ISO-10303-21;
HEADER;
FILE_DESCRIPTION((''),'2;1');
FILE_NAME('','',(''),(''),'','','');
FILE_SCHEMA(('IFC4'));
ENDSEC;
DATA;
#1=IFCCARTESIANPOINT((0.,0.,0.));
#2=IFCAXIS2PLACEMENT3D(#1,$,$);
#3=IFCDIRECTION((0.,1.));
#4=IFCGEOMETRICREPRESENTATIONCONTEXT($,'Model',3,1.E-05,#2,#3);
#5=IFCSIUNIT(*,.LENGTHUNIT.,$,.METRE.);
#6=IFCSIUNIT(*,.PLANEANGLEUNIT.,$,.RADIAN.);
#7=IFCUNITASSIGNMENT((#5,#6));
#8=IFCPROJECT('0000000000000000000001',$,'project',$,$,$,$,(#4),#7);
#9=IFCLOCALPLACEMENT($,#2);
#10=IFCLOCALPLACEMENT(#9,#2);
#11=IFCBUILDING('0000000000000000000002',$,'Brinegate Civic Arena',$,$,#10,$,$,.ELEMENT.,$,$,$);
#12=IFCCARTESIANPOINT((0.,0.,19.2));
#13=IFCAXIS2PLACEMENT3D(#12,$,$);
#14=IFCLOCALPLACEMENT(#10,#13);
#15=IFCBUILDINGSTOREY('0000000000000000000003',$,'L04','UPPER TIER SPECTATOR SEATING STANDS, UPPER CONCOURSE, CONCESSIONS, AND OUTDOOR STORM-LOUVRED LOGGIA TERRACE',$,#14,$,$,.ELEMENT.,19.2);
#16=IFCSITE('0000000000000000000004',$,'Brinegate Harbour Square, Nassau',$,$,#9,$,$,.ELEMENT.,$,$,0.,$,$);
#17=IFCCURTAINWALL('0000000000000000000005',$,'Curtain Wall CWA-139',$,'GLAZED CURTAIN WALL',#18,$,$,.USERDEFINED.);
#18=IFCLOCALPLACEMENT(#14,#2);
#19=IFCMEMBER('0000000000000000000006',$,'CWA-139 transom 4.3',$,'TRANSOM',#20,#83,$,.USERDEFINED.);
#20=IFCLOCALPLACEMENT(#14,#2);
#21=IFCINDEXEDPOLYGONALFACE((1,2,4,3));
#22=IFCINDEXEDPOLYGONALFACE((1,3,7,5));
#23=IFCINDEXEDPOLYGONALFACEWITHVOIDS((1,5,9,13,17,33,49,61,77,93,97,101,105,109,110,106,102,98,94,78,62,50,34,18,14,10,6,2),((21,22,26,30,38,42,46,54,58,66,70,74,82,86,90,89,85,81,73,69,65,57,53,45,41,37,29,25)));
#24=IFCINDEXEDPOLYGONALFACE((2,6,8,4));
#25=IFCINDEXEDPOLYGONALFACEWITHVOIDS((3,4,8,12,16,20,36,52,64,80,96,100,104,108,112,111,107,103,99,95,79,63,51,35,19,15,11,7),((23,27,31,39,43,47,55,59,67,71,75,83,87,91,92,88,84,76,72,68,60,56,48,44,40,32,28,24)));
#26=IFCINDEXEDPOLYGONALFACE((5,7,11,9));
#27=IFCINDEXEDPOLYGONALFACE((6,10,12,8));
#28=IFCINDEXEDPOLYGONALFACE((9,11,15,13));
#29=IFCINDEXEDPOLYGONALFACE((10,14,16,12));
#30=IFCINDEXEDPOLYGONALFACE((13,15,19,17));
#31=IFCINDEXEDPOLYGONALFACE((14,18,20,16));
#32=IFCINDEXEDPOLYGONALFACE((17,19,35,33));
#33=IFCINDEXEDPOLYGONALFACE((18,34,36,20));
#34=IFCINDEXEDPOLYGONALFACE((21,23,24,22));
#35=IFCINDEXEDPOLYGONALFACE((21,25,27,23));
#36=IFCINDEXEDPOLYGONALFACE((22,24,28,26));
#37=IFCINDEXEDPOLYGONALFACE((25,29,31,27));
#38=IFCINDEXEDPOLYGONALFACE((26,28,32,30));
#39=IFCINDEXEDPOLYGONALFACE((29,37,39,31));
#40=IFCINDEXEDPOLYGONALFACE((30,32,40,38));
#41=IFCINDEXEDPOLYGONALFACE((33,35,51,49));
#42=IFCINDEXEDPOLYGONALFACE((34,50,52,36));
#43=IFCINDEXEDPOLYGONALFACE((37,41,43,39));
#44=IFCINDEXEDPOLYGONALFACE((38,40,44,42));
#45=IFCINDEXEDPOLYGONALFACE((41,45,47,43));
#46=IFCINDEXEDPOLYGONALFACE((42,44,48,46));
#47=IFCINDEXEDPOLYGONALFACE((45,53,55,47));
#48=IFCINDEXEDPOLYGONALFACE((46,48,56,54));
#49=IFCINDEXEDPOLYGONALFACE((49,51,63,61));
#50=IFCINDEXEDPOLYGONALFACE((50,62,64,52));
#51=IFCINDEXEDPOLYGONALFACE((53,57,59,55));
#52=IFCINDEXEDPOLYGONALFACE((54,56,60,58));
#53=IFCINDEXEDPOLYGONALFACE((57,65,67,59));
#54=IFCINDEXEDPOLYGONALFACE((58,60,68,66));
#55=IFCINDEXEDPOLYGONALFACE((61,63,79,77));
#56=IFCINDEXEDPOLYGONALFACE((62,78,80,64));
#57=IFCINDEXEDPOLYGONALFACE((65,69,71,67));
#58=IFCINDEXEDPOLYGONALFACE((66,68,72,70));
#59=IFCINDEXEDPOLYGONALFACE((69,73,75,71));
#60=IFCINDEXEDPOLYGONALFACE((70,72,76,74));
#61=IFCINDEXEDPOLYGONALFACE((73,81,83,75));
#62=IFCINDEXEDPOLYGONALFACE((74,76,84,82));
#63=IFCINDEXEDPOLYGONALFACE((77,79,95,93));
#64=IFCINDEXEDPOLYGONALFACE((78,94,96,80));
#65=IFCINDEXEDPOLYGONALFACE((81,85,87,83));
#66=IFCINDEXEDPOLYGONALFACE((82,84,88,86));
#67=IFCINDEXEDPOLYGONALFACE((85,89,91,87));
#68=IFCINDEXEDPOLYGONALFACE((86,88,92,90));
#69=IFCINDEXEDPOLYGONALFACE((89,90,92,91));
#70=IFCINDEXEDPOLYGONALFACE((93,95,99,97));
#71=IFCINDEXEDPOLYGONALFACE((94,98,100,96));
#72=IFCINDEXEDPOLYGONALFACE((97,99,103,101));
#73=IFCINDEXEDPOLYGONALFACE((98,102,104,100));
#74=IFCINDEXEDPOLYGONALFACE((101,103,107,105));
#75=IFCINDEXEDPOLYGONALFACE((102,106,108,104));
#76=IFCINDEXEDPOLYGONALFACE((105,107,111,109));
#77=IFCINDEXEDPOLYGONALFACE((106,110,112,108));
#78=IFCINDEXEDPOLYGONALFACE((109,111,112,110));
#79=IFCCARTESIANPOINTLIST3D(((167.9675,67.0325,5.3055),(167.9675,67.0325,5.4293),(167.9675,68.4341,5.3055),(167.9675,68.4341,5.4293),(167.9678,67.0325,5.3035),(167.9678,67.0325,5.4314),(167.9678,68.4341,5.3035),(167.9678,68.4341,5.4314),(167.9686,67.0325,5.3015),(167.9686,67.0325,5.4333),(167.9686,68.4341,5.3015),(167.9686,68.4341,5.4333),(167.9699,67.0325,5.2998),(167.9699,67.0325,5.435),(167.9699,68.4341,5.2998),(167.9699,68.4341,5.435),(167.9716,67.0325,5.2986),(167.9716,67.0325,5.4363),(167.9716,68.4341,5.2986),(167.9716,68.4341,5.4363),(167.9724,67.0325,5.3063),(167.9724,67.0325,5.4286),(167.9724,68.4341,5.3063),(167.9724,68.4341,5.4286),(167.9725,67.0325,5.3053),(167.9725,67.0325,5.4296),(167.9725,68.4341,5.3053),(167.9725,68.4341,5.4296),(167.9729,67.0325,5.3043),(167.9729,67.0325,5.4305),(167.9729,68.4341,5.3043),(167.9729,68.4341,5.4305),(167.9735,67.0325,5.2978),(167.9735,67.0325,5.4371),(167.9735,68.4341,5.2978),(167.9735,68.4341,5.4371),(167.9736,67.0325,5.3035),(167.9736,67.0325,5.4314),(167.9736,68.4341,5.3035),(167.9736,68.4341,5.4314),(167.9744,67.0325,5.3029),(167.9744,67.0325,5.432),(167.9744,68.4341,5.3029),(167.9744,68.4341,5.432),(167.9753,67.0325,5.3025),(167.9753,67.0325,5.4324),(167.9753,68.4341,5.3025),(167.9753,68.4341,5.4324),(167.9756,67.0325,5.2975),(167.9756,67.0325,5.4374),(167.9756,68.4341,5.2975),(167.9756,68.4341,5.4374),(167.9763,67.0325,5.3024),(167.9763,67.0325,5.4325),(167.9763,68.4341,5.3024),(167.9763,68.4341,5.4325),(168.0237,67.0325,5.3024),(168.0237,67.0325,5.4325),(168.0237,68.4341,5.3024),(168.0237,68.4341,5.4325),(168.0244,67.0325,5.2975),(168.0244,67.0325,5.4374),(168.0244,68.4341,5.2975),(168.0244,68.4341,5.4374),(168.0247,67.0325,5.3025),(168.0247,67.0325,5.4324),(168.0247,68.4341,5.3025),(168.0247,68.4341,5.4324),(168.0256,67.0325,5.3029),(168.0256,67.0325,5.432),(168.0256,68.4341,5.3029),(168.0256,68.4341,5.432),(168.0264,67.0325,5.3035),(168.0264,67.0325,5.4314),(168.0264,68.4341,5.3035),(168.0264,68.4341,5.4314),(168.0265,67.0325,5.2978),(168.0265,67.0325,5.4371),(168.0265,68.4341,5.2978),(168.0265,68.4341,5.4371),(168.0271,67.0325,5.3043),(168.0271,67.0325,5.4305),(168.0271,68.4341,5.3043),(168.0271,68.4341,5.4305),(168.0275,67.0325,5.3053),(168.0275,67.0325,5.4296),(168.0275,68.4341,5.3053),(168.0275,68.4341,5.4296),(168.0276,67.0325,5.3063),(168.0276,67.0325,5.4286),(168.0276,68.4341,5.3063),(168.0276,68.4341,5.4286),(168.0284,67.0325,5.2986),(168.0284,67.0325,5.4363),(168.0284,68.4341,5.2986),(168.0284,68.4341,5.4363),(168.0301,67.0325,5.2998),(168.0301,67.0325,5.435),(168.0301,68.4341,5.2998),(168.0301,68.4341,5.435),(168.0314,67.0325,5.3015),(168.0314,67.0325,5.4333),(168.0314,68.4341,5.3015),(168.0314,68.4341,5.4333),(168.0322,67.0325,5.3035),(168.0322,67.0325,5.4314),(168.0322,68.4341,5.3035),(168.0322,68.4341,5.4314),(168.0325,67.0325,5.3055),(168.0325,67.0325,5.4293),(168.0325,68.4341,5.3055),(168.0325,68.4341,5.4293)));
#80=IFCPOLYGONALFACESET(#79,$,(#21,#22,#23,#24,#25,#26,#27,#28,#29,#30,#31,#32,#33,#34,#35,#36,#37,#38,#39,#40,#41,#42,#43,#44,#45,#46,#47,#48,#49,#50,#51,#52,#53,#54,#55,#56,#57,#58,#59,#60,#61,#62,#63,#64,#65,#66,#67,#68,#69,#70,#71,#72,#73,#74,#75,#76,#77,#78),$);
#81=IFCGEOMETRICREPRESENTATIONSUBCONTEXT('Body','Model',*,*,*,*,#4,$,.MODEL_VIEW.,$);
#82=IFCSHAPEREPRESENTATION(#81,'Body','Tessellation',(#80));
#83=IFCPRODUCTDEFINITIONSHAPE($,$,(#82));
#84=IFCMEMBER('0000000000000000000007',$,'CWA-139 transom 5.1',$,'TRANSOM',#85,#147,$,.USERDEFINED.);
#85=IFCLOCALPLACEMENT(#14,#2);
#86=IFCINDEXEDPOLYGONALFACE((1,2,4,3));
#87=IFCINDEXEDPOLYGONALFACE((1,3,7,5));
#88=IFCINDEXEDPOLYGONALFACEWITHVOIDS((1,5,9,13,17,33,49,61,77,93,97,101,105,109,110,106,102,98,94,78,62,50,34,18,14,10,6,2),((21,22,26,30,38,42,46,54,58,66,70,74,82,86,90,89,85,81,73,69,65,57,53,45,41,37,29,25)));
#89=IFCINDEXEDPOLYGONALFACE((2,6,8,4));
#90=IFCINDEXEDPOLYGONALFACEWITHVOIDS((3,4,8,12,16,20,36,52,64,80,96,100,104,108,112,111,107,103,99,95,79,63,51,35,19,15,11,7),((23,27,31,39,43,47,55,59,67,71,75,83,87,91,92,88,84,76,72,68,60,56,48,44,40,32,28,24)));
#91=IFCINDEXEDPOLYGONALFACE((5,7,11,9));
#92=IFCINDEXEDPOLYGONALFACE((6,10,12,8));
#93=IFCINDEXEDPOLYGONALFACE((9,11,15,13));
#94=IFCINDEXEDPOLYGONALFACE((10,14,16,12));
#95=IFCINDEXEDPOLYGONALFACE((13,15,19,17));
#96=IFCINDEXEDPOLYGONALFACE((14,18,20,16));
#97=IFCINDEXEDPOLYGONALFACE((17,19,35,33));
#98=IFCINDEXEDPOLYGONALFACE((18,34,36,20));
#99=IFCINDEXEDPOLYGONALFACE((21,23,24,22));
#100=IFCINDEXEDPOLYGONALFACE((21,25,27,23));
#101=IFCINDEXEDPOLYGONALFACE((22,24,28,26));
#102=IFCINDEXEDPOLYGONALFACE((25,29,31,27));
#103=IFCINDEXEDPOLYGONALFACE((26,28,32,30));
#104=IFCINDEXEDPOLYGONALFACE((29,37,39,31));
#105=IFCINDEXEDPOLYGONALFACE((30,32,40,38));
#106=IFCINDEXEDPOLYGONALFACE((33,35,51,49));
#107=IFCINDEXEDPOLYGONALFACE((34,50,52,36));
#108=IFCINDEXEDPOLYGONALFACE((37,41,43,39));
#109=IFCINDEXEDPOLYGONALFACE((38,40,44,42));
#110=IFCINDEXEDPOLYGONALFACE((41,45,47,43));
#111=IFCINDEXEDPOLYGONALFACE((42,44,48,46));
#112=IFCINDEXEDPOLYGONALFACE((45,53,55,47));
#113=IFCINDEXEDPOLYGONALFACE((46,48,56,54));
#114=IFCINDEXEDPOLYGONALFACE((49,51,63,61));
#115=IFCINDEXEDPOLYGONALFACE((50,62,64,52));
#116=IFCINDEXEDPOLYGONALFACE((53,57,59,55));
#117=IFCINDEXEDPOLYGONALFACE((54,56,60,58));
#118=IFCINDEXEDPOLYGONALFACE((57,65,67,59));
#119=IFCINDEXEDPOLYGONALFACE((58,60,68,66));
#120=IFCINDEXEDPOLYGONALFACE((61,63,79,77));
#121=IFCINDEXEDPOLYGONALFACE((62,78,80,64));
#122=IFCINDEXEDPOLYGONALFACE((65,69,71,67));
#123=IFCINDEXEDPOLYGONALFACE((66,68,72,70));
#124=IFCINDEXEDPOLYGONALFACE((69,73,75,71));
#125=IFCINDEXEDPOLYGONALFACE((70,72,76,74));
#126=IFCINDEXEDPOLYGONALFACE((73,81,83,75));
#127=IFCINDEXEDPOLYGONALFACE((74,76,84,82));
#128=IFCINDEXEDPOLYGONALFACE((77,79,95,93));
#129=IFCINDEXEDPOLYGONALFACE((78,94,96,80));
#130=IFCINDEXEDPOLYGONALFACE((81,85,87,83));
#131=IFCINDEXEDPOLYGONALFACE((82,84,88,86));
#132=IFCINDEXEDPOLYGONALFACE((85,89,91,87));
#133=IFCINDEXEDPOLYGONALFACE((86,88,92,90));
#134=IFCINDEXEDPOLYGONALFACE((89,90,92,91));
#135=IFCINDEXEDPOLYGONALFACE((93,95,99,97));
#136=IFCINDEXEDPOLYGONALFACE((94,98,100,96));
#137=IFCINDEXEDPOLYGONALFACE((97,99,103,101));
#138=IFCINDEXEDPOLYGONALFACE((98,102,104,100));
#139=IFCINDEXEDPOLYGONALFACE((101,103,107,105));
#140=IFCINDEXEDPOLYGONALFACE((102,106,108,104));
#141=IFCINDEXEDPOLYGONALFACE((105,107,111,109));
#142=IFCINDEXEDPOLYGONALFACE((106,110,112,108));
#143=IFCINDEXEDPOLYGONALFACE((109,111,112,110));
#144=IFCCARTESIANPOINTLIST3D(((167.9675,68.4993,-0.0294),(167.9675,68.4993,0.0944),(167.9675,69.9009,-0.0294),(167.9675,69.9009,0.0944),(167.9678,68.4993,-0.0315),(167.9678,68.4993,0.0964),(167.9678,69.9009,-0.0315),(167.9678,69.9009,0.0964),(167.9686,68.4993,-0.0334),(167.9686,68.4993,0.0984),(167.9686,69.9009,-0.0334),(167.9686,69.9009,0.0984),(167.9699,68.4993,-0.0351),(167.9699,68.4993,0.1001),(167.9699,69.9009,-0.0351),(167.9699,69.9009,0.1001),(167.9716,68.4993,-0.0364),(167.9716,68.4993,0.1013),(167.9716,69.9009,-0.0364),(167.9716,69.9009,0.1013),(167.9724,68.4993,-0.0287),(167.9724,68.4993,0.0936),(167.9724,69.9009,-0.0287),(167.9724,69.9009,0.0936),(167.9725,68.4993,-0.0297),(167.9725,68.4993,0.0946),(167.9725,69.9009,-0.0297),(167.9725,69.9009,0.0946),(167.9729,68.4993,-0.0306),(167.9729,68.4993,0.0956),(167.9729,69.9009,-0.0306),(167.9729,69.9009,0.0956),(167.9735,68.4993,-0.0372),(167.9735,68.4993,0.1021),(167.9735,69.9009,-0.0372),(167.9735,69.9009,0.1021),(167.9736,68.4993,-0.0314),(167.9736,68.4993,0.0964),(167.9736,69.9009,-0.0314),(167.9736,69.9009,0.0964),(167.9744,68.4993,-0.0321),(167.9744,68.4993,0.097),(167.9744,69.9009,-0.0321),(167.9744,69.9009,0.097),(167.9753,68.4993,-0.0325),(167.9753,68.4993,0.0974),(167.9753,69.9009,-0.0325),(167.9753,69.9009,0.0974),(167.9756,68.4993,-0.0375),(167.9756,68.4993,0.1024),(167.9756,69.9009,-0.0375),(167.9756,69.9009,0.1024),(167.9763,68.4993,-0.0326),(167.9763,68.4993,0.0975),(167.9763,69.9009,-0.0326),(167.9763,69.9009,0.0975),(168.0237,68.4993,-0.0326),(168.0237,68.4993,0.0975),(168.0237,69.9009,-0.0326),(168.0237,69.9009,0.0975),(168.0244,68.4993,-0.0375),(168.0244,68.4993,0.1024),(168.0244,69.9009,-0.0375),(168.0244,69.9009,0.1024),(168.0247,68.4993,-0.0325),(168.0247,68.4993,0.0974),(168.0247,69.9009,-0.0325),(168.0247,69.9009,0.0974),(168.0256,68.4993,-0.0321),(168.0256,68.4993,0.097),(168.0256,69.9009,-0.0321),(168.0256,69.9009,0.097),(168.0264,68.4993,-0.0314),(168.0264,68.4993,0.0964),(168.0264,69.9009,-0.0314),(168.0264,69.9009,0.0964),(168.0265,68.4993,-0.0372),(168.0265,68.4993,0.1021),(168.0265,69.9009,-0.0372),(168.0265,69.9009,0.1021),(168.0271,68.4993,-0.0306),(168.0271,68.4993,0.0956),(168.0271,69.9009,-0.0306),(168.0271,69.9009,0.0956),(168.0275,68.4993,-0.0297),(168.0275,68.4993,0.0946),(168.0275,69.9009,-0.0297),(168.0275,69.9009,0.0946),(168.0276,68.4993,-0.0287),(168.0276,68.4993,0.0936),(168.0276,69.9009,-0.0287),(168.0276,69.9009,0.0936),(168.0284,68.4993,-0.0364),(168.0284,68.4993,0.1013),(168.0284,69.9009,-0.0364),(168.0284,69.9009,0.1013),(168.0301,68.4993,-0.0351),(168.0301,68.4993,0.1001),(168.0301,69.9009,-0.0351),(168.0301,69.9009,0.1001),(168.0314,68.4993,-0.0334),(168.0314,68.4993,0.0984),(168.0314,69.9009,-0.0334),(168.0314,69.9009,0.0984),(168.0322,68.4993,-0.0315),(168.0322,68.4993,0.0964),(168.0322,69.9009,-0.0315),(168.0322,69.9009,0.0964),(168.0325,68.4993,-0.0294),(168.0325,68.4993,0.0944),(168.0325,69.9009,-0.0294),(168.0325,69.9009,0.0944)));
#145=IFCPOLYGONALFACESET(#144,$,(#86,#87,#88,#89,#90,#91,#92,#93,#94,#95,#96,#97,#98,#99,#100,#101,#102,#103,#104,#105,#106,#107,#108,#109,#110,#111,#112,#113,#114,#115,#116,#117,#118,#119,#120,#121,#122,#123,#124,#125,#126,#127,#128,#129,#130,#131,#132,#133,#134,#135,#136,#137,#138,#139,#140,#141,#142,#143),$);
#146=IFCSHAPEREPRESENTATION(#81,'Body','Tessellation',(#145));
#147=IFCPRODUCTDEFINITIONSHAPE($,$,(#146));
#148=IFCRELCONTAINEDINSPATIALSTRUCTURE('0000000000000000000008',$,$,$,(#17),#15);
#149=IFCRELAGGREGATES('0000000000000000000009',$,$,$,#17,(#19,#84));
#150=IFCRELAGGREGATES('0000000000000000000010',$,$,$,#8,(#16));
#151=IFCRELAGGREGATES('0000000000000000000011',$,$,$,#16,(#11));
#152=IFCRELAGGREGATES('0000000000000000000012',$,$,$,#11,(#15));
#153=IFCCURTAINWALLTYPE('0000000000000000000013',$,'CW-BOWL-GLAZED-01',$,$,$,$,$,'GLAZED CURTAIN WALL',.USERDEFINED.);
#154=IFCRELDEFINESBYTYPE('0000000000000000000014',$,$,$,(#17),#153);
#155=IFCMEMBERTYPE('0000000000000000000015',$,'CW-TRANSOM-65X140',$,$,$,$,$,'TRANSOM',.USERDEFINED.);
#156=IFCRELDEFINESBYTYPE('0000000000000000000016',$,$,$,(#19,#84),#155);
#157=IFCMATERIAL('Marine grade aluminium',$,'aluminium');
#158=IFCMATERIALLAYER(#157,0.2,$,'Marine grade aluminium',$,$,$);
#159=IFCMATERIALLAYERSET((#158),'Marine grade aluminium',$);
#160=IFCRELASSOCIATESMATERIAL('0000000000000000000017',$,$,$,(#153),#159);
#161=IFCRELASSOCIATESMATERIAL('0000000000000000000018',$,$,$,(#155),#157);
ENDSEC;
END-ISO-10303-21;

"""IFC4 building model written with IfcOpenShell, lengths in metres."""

from ifc_helpers import new_model, si_unit, direction, frame, origin, origin_2d, place, context, subcontext, project, spatial, hollow_rectangle, extrude, material, layer, layer_set, material_profile, profile_set, type_object, element, aggregate, save


model = new_model("IFC4")

# Units and contexts
model_context = context("Model", 3, precision=1e-05, world=origin(), true_north=direction((0.0, 1.0)))
body_context = subcontext(model_context, "Body", "Model", "MODEL_VIEW")
ifc_project = project(units=[si_unit("LENGTHUNIT", "METRE"), si_unit("PLANEANGLEUNIT", "RADIAN")], contexts=[model_context])

# Site, building, storey
site_placement = place(None, origin())
site = spatial("IfcSite", under=ifc_project, at=site_placement, Name="Brinegate Harbour Square, Nassau", CompositionType="ELEMENT", RefElevation=0.0)
building_placement = place(site_placement, origin())
building = spatial("IfcBuilding", under=site, at=building_placement, Name="Brinegate Civic Arena", CompositionType="ELEMENT")
storey_placement = place(building_placement, frame((0.0, 0.0, 19.2)))
storey = spatial("IfcBuildingStorey", under=building, at=storey_placement, Name="L04", Description="UPPER TIER SPECTATOR SEATING STANDS, UPPER CONCOURSE, CONCESSIONS, AND OUTDOOR STORM-LOUVRED LOGGIA TERRACE", CompositionType="ELEMENT", Elevation=19.2)

# Curtain wall, members
ifc_material_1 = material(Name="Marine grade aluminium", Category="aluminium")
ifc_layer_1 = layer(ifc_material_1, 0.2, Name="Marine grade aluminium")
ifc_layer_set_1 = layer_set([ifc_layer_1], Name="Marine grade aluminium")
curtain_wall_type = type_object("IfcCurtainWallType", Name="CW-BOWL-GLAZED-01", ElementType="GLAZED CURTAIN WALL", PredefinedType="USERDEFINED", material=ifc_layer_set_1)
curtain_wall_placement = place(storey_placement, origin())
curtain_wall = element("IfcCurtainWall", 1, at=curtain_wall_placement, inside=storey, type_object=curtain_wall_type, Name="Curtain Wall CWA-139", ObjectType="GLAZED CURTAIN WALL", PredefinedType="USERDEFINED")
ifc_material_profile_1 = material_profile(ifc_material_1, hollow_rectangle(XDim=0.0649, YDim=0.1399, WallThickness=0.0049, InnerFilletRadius=0.0039, OuterFilletRadius=0.0081, at=origin_2d()), Name="TRN65X140")
ifc_profile_set_1 = profile_set([ifc_material_profile_1], Name="Marine grade aluminium")
member_type_1 = type_object("IfcMemberType", Name="CW-TRANSOM-65X140", ElementType="TRANSOM", PredefinedType="USERDEFINED", material=ifc_profile_set_1)
member_1_placement = place(storey_placement, frame((168.0, 67.0325, 5.3674), z_axis=(0.0, 1.0, 0.0), x_axis=(-1.0, 0.0, 0.0)))
member_1 = element("IfcMember", 2, at=member_1_placement, type_object=member_type_1, Name="CWA-139 transom 4.3", ObjectType="TRANSOM", PredefinedType="USERDEFINED", context=body_context, shape_type="SweptSolid", body=[
    extrude(hollow_rectangle(XDim=0.0649, YDim=0.1399, WallThickness=0.0049, InnerFilletRadius=0.0039, OuterFilletRadius=0.0081, at=origin_2d()), origin(), (0.0, 0.0, 1.0), 1.4016),
])
member_2_placement = place(storey_placement, frame((168.0, 68.4993, 0.0325), z_axis=(0.0, 1.0, 0.0), x_axis=(-1.0, 0.0, 0.0)))
member_2 = element("IfcMember", 3, at=member_2_placement, type_object=member_type_1, Name="CWA-139 transom 5.1", ObjectType="TRANSOM", PredefinedType="USERDEFINED", context=body_context, shape_type="SweptSolid", body=[
    extrude(hollow_rectangle(XDim=0.0649, YDim=0.1399, WallThickness=0.0049, InnerFilletRadius=0.0039, OuterFilletRadius=0.0081, at=origin_2d()), origin(), (0.0, 0.0, 1.0), 1.4016),
])
aggregate(curtain_wall, [member_1, member_2])

save(model, "model.ifc")
